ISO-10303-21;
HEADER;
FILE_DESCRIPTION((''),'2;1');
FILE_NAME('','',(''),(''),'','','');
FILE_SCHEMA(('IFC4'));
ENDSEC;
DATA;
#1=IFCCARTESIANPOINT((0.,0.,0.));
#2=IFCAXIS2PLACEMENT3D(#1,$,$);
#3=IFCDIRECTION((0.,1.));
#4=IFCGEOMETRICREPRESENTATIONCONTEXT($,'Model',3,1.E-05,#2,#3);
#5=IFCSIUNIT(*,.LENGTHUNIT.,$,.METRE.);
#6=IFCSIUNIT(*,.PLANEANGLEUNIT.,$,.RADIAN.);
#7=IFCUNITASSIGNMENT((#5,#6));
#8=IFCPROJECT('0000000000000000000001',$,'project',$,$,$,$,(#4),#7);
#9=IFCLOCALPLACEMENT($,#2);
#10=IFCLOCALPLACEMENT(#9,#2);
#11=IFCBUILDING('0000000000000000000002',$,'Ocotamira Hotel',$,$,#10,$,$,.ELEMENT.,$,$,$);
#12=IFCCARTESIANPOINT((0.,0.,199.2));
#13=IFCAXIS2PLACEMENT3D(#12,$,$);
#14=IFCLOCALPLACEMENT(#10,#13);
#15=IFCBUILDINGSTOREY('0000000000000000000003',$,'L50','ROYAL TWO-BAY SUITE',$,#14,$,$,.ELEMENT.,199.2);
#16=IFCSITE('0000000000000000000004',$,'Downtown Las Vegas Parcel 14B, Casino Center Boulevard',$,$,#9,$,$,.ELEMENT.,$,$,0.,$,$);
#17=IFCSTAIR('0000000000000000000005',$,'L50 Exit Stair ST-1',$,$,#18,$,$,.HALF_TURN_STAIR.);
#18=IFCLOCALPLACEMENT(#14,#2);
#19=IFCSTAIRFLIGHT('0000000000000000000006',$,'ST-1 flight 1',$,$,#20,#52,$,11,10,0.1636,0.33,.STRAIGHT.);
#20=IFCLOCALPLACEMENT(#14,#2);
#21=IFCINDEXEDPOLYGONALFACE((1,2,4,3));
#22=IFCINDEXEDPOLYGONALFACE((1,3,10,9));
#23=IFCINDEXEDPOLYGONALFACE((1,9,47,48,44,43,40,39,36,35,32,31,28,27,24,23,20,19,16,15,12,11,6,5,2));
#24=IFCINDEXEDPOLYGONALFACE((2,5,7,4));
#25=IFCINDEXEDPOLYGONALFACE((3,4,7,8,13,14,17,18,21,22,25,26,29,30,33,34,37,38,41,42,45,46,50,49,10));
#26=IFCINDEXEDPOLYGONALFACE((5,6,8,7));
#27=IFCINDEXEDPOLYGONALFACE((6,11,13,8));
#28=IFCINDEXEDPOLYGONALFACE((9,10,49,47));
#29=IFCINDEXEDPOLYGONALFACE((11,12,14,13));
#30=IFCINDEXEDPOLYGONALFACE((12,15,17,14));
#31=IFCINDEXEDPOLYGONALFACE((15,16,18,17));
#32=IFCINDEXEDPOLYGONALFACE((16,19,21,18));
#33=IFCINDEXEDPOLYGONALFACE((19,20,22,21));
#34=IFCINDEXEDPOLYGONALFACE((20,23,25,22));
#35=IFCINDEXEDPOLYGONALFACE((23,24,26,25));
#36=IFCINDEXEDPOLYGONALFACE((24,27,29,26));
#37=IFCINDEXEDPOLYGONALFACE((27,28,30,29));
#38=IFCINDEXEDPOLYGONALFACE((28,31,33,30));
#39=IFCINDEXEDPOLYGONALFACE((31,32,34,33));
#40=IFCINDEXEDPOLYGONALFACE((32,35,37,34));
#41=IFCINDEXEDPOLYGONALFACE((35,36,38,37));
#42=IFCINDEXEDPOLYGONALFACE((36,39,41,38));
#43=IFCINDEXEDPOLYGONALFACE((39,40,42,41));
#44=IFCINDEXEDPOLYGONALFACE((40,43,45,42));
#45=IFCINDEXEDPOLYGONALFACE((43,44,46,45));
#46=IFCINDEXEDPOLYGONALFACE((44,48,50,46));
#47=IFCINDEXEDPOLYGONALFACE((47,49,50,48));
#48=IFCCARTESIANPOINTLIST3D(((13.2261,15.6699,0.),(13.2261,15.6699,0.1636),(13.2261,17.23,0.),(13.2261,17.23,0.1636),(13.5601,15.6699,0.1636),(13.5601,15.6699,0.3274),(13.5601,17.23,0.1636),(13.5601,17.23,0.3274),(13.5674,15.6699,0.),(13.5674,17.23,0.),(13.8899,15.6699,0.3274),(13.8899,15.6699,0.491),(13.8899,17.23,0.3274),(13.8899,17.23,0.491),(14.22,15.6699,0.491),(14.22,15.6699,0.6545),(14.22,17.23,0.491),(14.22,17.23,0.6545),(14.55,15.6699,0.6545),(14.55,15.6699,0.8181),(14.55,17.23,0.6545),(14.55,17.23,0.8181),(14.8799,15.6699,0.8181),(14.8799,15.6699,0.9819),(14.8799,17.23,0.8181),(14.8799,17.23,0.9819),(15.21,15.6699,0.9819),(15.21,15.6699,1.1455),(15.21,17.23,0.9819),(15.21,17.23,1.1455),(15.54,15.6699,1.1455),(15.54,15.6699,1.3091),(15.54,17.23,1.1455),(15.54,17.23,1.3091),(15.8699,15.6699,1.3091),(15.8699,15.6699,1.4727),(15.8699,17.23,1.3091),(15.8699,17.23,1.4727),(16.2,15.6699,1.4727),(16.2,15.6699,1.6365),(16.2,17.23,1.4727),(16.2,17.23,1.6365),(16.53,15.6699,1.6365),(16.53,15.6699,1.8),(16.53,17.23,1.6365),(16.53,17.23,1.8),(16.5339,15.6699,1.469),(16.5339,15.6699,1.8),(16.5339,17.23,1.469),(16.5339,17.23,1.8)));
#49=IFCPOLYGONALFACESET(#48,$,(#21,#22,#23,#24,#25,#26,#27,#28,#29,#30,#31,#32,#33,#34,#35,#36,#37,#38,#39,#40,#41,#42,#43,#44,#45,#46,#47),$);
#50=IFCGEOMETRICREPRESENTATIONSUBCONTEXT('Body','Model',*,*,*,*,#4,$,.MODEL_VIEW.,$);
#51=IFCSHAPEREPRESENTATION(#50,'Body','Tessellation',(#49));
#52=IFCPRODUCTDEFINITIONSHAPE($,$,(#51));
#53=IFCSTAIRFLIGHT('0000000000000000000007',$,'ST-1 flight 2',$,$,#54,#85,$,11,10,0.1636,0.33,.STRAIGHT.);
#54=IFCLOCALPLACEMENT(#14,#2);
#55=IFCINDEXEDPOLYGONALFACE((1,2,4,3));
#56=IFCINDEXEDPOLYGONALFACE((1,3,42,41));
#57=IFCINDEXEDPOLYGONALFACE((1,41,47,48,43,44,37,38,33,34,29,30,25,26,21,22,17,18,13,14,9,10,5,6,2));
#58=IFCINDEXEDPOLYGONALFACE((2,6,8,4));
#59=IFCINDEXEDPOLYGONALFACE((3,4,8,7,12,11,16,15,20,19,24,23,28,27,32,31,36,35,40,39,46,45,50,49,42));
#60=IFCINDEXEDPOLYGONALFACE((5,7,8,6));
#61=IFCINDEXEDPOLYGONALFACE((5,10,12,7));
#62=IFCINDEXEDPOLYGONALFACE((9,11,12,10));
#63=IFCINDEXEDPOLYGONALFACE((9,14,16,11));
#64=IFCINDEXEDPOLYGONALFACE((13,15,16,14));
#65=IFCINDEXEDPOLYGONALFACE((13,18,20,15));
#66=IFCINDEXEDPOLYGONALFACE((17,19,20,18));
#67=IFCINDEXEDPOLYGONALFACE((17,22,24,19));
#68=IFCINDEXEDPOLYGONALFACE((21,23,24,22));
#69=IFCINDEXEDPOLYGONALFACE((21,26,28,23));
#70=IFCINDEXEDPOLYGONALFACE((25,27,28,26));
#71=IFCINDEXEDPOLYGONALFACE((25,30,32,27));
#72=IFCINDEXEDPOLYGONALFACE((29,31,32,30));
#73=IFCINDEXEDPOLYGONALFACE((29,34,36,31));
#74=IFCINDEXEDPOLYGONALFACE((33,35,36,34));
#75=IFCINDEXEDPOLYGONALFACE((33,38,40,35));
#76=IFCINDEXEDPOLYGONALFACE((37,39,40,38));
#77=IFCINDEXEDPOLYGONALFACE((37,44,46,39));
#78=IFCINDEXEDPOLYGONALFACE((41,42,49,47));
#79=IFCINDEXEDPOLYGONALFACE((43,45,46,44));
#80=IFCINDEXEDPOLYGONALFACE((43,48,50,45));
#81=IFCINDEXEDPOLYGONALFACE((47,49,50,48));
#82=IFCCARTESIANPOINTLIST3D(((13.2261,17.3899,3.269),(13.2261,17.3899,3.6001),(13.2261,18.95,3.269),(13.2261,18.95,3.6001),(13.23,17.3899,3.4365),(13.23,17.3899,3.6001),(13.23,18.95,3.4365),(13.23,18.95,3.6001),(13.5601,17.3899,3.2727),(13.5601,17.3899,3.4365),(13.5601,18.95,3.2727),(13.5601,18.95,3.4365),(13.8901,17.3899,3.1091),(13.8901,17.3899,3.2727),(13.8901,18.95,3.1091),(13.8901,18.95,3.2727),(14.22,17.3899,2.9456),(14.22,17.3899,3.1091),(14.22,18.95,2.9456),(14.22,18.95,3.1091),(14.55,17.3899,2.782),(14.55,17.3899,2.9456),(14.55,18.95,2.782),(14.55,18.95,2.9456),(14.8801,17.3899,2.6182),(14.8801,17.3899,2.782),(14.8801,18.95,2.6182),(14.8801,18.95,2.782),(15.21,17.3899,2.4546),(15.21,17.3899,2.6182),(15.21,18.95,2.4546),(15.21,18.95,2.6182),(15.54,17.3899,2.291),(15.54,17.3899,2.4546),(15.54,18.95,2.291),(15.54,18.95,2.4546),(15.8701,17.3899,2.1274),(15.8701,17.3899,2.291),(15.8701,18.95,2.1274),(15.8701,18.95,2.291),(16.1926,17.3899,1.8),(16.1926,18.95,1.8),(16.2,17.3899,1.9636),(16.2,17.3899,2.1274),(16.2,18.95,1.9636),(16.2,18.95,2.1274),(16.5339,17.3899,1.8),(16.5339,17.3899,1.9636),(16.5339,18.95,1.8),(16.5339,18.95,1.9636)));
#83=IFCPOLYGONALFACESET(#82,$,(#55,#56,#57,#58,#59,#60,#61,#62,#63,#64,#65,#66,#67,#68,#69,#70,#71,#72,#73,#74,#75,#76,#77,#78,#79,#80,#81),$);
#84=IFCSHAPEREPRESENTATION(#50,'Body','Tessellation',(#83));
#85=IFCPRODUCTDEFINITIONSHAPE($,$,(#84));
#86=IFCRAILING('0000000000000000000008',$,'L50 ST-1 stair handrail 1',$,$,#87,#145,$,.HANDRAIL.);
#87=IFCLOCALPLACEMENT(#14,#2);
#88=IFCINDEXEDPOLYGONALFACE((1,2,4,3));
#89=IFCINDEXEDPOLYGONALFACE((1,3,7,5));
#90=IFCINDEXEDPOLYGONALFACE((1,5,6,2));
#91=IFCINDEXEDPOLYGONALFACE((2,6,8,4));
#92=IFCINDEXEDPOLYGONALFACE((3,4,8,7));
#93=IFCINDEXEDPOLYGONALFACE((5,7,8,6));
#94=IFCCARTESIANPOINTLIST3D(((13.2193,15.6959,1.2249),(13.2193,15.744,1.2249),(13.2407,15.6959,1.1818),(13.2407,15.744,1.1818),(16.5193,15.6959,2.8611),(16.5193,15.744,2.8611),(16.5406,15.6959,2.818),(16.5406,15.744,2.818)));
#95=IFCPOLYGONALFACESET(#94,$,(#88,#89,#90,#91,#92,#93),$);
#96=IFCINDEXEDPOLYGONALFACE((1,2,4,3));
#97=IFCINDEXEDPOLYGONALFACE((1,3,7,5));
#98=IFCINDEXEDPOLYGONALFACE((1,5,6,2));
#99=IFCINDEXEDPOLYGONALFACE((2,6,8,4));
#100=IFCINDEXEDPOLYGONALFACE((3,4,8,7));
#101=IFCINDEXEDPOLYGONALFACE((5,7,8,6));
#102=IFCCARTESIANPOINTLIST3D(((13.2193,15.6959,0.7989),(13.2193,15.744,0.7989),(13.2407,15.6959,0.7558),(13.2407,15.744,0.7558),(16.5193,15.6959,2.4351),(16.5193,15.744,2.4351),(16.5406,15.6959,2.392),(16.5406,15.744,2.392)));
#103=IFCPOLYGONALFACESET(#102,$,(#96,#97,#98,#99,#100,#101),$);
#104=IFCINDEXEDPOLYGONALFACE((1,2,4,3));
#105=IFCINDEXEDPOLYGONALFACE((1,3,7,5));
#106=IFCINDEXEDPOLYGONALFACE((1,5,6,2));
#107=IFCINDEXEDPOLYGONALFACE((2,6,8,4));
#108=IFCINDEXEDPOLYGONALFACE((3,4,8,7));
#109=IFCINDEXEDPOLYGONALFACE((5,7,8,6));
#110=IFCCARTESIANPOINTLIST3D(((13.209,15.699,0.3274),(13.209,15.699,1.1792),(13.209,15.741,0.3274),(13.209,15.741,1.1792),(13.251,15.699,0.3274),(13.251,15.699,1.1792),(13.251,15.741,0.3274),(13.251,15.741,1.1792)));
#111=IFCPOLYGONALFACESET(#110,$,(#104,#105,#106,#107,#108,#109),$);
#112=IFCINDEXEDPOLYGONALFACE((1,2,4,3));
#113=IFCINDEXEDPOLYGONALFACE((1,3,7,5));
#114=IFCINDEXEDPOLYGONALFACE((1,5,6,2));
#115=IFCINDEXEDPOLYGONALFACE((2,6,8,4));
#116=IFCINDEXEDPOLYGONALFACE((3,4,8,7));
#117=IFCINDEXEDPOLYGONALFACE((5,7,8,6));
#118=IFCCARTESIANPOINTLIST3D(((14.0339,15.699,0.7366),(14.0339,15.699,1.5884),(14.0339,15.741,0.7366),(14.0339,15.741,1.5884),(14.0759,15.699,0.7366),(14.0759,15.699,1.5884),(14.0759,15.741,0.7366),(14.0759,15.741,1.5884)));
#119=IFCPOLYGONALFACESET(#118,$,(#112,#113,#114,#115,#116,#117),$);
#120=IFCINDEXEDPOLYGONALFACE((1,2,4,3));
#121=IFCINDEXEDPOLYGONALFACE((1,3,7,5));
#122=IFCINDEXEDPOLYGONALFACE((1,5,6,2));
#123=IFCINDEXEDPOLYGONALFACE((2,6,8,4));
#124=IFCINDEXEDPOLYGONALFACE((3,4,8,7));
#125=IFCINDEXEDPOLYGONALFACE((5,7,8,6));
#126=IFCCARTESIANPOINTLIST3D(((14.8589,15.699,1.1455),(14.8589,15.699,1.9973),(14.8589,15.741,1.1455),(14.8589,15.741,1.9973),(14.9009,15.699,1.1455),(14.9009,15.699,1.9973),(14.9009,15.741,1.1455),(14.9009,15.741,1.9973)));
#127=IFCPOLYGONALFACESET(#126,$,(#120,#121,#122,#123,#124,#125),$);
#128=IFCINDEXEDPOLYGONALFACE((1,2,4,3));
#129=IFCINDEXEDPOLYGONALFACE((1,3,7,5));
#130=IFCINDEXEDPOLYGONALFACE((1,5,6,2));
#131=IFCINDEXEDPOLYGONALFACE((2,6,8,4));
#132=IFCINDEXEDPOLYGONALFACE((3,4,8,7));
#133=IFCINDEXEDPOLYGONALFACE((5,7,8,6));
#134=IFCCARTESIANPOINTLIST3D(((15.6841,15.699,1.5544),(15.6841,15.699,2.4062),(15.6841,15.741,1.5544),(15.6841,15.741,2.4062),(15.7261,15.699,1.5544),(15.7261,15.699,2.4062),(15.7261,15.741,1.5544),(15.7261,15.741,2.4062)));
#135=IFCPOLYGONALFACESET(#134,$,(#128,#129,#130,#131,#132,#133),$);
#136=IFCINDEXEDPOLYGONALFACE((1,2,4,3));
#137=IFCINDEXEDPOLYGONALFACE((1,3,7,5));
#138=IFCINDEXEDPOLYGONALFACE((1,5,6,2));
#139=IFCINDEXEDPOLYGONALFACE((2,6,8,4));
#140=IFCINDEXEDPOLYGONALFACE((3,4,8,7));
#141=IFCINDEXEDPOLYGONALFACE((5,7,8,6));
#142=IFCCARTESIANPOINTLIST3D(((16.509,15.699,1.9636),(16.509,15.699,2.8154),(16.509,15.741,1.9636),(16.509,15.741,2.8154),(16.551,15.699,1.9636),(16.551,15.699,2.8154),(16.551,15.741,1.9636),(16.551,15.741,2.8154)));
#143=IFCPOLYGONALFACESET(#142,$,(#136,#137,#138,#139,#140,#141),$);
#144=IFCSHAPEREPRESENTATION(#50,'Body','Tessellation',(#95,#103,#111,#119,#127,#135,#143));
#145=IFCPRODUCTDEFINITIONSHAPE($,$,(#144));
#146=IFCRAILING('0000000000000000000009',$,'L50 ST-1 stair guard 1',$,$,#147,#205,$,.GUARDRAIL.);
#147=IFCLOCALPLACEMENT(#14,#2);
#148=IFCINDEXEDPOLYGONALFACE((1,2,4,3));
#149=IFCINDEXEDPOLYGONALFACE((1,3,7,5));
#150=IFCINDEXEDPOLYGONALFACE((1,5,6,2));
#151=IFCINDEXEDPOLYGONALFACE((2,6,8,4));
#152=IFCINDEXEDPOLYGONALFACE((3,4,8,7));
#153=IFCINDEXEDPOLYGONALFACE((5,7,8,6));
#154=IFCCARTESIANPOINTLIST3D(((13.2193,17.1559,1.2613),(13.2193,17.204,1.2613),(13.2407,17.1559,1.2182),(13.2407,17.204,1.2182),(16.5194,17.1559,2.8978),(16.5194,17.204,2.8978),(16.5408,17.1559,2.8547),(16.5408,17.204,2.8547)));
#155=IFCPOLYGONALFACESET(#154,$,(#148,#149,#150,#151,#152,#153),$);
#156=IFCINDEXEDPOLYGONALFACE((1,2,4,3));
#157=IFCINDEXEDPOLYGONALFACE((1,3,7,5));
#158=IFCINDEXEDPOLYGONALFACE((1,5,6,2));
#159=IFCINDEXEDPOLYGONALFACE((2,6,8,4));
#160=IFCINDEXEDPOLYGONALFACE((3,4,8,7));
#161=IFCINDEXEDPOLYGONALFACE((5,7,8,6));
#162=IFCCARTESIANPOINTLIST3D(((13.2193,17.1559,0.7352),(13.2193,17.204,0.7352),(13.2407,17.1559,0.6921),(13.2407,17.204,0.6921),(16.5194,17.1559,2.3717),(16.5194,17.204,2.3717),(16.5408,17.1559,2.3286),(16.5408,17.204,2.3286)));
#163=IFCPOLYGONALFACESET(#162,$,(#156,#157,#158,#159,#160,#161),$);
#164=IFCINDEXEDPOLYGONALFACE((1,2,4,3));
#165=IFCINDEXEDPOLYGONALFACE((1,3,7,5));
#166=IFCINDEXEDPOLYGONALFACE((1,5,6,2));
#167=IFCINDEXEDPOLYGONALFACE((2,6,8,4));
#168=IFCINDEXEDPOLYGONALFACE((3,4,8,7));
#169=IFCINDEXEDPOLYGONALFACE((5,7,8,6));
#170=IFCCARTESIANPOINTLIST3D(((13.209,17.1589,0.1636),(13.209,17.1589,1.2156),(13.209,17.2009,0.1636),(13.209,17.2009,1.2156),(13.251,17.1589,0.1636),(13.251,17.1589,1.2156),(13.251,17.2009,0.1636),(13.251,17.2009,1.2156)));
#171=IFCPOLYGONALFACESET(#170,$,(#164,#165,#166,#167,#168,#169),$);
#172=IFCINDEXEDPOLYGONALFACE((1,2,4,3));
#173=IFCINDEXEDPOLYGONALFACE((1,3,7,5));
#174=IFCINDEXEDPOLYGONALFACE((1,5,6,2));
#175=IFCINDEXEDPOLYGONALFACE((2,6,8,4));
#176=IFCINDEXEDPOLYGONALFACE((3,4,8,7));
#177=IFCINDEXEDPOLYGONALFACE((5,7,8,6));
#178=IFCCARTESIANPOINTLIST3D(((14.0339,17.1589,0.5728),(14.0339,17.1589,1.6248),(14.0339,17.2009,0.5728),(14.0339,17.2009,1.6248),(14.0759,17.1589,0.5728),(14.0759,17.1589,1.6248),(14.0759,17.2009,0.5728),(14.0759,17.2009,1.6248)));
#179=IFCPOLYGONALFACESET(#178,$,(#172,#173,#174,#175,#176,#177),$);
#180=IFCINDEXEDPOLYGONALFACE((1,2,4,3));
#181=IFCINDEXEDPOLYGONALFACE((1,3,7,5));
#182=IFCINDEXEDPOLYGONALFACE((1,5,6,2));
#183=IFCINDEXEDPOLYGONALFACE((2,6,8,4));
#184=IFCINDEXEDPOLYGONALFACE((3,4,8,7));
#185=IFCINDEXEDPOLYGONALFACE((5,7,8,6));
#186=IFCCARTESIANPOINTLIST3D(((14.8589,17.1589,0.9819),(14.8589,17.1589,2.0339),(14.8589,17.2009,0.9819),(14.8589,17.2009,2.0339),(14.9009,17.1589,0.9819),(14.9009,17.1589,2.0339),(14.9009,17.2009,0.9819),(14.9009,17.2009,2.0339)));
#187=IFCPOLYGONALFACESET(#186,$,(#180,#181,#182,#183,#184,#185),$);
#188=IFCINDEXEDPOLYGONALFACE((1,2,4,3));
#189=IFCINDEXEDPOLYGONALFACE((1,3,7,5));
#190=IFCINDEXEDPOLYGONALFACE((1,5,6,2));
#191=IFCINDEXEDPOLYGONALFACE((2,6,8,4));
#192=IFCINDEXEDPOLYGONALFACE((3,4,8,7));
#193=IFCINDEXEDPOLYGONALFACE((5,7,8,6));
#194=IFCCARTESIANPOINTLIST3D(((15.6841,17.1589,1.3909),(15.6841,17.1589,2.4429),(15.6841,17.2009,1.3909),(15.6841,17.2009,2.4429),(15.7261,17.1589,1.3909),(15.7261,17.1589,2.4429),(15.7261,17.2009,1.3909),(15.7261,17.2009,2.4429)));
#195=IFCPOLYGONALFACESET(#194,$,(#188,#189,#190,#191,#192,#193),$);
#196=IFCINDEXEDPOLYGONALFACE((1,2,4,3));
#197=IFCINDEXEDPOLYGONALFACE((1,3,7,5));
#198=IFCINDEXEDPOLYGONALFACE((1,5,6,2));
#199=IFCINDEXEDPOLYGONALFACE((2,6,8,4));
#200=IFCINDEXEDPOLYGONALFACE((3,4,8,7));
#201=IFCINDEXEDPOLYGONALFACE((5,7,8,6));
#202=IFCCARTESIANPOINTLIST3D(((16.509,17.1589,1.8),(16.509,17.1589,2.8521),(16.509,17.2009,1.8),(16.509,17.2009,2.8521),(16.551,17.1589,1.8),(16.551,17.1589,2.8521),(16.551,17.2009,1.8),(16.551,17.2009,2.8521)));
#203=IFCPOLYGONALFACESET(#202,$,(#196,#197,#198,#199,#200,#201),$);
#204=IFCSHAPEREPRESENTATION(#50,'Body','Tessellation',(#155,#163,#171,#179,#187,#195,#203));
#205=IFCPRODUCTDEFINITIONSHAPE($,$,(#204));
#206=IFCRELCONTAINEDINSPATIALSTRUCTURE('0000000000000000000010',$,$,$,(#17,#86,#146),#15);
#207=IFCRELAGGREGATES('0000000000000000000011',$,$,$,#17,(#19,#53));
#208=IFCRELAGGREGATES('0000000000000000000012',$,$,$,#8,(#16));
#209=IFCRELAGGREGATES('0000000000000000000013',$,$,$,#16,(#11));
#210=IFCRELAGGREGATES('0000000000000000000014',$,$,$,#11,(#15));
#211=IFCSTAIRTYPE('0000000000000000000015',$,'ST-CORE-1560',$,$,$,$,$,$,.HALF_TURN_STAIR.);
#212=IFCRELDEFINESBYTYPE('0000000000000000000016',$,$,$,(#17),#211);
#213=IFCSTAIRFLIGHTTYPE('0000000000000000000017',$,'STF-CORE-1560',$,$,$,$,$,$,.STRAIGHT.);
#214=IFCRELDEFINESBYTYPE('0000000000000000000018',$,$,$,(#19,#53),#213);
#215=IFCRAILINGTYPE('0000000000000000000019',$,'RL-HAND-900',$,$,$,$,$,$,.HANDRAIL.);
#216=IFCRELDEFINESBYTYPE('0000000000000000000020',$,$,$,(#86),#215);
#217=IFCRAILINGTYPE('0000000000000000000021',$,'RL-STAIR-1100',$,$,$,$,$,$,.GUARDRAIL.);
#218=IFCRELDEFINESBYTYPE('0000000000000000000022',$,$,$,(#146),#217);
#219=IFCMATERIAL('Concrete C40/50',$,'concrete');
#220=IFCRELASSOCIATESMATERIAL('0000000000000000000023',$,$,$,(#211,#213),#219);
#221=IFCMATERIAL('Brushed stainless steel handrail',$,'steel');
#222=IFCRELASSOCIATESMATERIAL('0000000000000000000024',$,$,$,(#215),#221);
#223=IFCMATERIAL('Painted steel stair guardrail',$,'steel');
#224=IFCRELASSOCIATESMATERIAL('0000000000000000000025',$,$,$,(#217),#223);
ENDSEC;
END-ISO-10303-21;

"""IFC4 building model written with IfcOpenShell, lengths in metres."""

from ifc_helpers import new_model, si_unit, direction, frame, origin, origin_2d, place, context, subcontext, project, spatial, polyline, rectangle, outline, extrude, source, transform, mapped, material, type_object, element, aggregate, save


model = new_model("IFC4")

# Units and contexts
model_context = context("Model", 3, precision=1e-05, world=origin(), true_north=direction((0.0, 1.0)))
body_context = subcontext(model_context, "Body", "Model", "MODEL_VIEW")
ifc_project = project(units=[si_unit("LENGTHUNIT", "METRE"), si_unit("PLANEANGLEUNIT", "RADIAN")], contexts=[model_context])

# Site, building, storey
site_placement = place(None, origin())
site = spatial("IfcSite", under=ifc_project, at=site_placement, Name="Downtown Las Vegas Parcel 14B, Casino Center Boulevard", CompositionType="ELEMENT", RefElevation=0.0)
building_placement = place(site_placement, origin())
building = spatial("IfcBuilding", under=site, at=building_placement, Name="Ocotamira Hotel", CompositionType="ELEMENT")
storey_placement = place(building_placement, frame((0.0, 0.0, 199.2)))
storey = spatial("IfcBuildingStorey", under=building, at=storey_placement, Name="L50", Description="ROYAL TWO-BAY SUITE", CompositionType="ELEMENT", Elevation=199.2)

# Stair, stair flights
ifc_material_1 = material(Name="Concrete C40/50", Category="concrete")
stair_type = type_object("IfcStairType", Name="ST-CORE-1560", PredefinedType="HALF_TURN_STAIR", material=ifc_material_1)
stair_placement = place(storey_placement, origin())
stair = element("IfcStair", 1, at=stair_placement, inside=storey, type_object=stair_type, Name="L50 Exit Stair ST-1", PredefinedType="HALF_TURN_STAIR")
stair_flight_type = type_object("IfcStairFlightType", Name="STF-CORE-1560", PredefinedType="STRAIGHT", material=ifc_material_1)
shared_shape_1 = source(origin(), body_context, "Body", "SweptSolid", [
    extrude(outline(polyline([(-0.0039, 0.0), (-0.0039, 0.1636), (0.3301, 0.1636), (0.3301, 0.3274), (0.6599, 0.3274), (0.6599, 0.491), (0.99, 0.491), (0.99, 0.6545), (1.3201, 0.6545), (1.3201, 0.8181), (1.6499, 0.8181), (1.6499, 0.9819), (1.98, 0.9819), (1.98, 1.1455), (2.3101, 1.1455), (2.3101, 1.3091), (2.6399, 1.3091), (2.6399, 1.4727), (2.97, 1.4727), (2.97, 1.6365), (3.3, 1.6365), (3.3, 1.8), (3.304, 1.8), (3.304, 1.469), (0.3374, 0.0), (-0.0039, 0.0)])), frame((0.0, 0.78, 0.0), z_axis=(0.0, -1.0, 0.0), x_axis=(1.0, 0.0, 0.0)), (0.0, 0.0, 1.0), 1.5601),
])
stair_flight_1_placement = place(storey_placement, frame((13.23, 16.45, 0.0), z_axis=(0.0, 0.0, 1.0), x_axis=(1.0, 0.0, 0.0)))
stair_flight_1 = element("IfcStairFlight", 2, at=stair_flight_1_placement, type_object=stair_flight_type, Name="ST-1 flight 1", NumberOfRisers=11, NumberOfTreads=10, PredefinedType="STRAIGHT", RiserHeight=0.1636, TreadLength=0.33, context=body_context, shape_type="MappedRepresentation", body=[
    mapped(shared_shape_1, transform((0.0, 0.0, 0.0), scale=1.0)),
])
stair_flight_2_placement = place(storey_placement, frame((16.53, 18.1699, 1.8), z_axis=(0.0, 0.0, 1.0), x_axis=(-1.0, 0.0, 0.0)))
stair_flight_2 = element("IfcStairFlight", 3, at=stair_flight_2_placement, type_object=stair_flight_type, Name="ST-1 flight 2", NumberOfRisers=11, NumberOfTreads=10, PredefinedType="STRAIGHT", RiserHeight=0.1636, TreadLength=0.33, context=body_context, shape_type="MappedRepresentation", body=[
    mapped(shared_shape_1, transform((0.0, 0.0, 0.0), scale=1.0)),
])
aggregate(stair, [stair_flight_1, stair_flight_2])

# Railings
ifc_material_2 = material(Name="Brushed stainless steel handrail", Category="steel")
railing_type_1 = type_object("IfcRailingType", Name="RL-HAND-900", PredefinedType="HANDRAIL", material=ifc_material_2)
railing_1_placement = place(storey_placement, frame((13.23, 15.72, 0.3274)))
element("IfcRailing", 4, at=railing_1_placement, inside=storey, type_object=railing_type_1, Name="L50 ST-1 stair handrail 1", PredefinedType="HANDRAIL", context=body_context, shape_type="SweptSolid", body=[
    extrude(rectangle(XDim=0.0481, YDim=0.0481, at=origin_2d()), frame((0.0, 0.0, 0.876), z_axis=(0.89592, 0.0, 0.444215), x_axis=(0.0, 1.0, 0.0)), (0.0, 0.0, 1.0), 3.6833),
    extrude(rectangle(XDim=0.0481, YDim=0.0481, at=origin_2d()), frame((0.0, 0.0, 0.45), z_axis=(0.89592, 0.0, 0.444215), x_axis=(0.0, 1.0, 0.0)), (0.0, 0.0, 1.0), 3.6833),
    extrude(rectangle(XDim=0.042, YDim=0.042, at=origin_2d()), origin(), (0.0, 0.0, 1.0), 0.8518),
    extrude(rectangle(XDim=0.042, YDim=0.042, at=origin_2d()), frame((0.825, 0.0, 0.4092)), (0.0, 0.0, 1.0), 0.8518),
    extrude(rectangle(XDim=0.042, YDim=0.042, at=origin_2d()), frame((1.6499, 0.0, 0.8181)), (0.0, 0.0, 1.0), 0.8518),
    extrude(rectangle(XDim=0.042, YDim=0.042, at=origin_2d()), frame((2.4751, 0.0, 1.2271)), (0.0, 0.0, 1.0), 0.8518),
    extrude(rectangle(XDim=0.042, YDim=0.042, at=origin_2d()), frame((3.3, 0.0, 1.6362)), (0.0, 0.0, 1.0), 0.8518),
])
ifc_material_3 = material(Name="Painted steel stair guardrail", Category="steel")
railing_type_2 = type_object("IfcRailingType", Name="RL-STAIR-1100", PredefinedType="GUARDRAIL", material=ifc_material_3)
railing_2_placement = place(storey_placement, frame((13.23, 17.1799, 0.1636)))
element("IfcRailing", 5, at=railing_2_placement, inside=storey, type_object=railing_type_2, Name="L50 ST-1 stair guard 1", PredefinedType="GUARDRAIL", context=body_context, shape_type="SweptSolid", body=[
    extrude(rectangle(XDim=0.0481, YDim=0.0481, at=origin_2d()), frame((0.0, 0.0, 1.0762), z_axis=(0.895894, 0.0, 0.444268), x_axis=(0.0, 1.0, 0.0)), (0.0, 0.0, 1.0), 3.6836),
    extrude(rectangle(XDim=0.0481, YDim=0.0481, at=origin_2d()), frame((0.0, 0.0, 0.55), z_axis=(0.895894, 0.0, 0.444268), x_axis=(0.0, 1.0, 0.0)), (0.0, 0.0, 1.0), 3.6836),
    extrude(rectangle(XDim=0.042, YDim=0.042, at=origin_2d()), origin(), (0.0, 0.0, 1.0), 1.052),
    extrude(rectangle(XDim=0.042, YDim=0.042, at=origin_2d()), frame((0.825, 0.0, 0.4092)), (0.0, 0.0, 1.0), 1.052),
    extrude(rectangle(XDim=0.042, YDim=0.042, at=origin_2d()), frame((1.6499, 0.0, 0.8184)), (0.0, 0.0, 1.0), 1.052),
    extrude(rectangle(XDim=0.042, YDim=0.042, at=origin_2d()), frame((2.4751, 0.0, 1.2273)), (0.0, 0.0, 1.0), 1.052),
    extrude(rectangle(XDim=0.042, YDim=0.042, at=origin_2d()), frame((3.3, 0.0, 1.6365)), (0.0, 0.0, 1.0), 1.052),
])

save(model, "model.ifc")
